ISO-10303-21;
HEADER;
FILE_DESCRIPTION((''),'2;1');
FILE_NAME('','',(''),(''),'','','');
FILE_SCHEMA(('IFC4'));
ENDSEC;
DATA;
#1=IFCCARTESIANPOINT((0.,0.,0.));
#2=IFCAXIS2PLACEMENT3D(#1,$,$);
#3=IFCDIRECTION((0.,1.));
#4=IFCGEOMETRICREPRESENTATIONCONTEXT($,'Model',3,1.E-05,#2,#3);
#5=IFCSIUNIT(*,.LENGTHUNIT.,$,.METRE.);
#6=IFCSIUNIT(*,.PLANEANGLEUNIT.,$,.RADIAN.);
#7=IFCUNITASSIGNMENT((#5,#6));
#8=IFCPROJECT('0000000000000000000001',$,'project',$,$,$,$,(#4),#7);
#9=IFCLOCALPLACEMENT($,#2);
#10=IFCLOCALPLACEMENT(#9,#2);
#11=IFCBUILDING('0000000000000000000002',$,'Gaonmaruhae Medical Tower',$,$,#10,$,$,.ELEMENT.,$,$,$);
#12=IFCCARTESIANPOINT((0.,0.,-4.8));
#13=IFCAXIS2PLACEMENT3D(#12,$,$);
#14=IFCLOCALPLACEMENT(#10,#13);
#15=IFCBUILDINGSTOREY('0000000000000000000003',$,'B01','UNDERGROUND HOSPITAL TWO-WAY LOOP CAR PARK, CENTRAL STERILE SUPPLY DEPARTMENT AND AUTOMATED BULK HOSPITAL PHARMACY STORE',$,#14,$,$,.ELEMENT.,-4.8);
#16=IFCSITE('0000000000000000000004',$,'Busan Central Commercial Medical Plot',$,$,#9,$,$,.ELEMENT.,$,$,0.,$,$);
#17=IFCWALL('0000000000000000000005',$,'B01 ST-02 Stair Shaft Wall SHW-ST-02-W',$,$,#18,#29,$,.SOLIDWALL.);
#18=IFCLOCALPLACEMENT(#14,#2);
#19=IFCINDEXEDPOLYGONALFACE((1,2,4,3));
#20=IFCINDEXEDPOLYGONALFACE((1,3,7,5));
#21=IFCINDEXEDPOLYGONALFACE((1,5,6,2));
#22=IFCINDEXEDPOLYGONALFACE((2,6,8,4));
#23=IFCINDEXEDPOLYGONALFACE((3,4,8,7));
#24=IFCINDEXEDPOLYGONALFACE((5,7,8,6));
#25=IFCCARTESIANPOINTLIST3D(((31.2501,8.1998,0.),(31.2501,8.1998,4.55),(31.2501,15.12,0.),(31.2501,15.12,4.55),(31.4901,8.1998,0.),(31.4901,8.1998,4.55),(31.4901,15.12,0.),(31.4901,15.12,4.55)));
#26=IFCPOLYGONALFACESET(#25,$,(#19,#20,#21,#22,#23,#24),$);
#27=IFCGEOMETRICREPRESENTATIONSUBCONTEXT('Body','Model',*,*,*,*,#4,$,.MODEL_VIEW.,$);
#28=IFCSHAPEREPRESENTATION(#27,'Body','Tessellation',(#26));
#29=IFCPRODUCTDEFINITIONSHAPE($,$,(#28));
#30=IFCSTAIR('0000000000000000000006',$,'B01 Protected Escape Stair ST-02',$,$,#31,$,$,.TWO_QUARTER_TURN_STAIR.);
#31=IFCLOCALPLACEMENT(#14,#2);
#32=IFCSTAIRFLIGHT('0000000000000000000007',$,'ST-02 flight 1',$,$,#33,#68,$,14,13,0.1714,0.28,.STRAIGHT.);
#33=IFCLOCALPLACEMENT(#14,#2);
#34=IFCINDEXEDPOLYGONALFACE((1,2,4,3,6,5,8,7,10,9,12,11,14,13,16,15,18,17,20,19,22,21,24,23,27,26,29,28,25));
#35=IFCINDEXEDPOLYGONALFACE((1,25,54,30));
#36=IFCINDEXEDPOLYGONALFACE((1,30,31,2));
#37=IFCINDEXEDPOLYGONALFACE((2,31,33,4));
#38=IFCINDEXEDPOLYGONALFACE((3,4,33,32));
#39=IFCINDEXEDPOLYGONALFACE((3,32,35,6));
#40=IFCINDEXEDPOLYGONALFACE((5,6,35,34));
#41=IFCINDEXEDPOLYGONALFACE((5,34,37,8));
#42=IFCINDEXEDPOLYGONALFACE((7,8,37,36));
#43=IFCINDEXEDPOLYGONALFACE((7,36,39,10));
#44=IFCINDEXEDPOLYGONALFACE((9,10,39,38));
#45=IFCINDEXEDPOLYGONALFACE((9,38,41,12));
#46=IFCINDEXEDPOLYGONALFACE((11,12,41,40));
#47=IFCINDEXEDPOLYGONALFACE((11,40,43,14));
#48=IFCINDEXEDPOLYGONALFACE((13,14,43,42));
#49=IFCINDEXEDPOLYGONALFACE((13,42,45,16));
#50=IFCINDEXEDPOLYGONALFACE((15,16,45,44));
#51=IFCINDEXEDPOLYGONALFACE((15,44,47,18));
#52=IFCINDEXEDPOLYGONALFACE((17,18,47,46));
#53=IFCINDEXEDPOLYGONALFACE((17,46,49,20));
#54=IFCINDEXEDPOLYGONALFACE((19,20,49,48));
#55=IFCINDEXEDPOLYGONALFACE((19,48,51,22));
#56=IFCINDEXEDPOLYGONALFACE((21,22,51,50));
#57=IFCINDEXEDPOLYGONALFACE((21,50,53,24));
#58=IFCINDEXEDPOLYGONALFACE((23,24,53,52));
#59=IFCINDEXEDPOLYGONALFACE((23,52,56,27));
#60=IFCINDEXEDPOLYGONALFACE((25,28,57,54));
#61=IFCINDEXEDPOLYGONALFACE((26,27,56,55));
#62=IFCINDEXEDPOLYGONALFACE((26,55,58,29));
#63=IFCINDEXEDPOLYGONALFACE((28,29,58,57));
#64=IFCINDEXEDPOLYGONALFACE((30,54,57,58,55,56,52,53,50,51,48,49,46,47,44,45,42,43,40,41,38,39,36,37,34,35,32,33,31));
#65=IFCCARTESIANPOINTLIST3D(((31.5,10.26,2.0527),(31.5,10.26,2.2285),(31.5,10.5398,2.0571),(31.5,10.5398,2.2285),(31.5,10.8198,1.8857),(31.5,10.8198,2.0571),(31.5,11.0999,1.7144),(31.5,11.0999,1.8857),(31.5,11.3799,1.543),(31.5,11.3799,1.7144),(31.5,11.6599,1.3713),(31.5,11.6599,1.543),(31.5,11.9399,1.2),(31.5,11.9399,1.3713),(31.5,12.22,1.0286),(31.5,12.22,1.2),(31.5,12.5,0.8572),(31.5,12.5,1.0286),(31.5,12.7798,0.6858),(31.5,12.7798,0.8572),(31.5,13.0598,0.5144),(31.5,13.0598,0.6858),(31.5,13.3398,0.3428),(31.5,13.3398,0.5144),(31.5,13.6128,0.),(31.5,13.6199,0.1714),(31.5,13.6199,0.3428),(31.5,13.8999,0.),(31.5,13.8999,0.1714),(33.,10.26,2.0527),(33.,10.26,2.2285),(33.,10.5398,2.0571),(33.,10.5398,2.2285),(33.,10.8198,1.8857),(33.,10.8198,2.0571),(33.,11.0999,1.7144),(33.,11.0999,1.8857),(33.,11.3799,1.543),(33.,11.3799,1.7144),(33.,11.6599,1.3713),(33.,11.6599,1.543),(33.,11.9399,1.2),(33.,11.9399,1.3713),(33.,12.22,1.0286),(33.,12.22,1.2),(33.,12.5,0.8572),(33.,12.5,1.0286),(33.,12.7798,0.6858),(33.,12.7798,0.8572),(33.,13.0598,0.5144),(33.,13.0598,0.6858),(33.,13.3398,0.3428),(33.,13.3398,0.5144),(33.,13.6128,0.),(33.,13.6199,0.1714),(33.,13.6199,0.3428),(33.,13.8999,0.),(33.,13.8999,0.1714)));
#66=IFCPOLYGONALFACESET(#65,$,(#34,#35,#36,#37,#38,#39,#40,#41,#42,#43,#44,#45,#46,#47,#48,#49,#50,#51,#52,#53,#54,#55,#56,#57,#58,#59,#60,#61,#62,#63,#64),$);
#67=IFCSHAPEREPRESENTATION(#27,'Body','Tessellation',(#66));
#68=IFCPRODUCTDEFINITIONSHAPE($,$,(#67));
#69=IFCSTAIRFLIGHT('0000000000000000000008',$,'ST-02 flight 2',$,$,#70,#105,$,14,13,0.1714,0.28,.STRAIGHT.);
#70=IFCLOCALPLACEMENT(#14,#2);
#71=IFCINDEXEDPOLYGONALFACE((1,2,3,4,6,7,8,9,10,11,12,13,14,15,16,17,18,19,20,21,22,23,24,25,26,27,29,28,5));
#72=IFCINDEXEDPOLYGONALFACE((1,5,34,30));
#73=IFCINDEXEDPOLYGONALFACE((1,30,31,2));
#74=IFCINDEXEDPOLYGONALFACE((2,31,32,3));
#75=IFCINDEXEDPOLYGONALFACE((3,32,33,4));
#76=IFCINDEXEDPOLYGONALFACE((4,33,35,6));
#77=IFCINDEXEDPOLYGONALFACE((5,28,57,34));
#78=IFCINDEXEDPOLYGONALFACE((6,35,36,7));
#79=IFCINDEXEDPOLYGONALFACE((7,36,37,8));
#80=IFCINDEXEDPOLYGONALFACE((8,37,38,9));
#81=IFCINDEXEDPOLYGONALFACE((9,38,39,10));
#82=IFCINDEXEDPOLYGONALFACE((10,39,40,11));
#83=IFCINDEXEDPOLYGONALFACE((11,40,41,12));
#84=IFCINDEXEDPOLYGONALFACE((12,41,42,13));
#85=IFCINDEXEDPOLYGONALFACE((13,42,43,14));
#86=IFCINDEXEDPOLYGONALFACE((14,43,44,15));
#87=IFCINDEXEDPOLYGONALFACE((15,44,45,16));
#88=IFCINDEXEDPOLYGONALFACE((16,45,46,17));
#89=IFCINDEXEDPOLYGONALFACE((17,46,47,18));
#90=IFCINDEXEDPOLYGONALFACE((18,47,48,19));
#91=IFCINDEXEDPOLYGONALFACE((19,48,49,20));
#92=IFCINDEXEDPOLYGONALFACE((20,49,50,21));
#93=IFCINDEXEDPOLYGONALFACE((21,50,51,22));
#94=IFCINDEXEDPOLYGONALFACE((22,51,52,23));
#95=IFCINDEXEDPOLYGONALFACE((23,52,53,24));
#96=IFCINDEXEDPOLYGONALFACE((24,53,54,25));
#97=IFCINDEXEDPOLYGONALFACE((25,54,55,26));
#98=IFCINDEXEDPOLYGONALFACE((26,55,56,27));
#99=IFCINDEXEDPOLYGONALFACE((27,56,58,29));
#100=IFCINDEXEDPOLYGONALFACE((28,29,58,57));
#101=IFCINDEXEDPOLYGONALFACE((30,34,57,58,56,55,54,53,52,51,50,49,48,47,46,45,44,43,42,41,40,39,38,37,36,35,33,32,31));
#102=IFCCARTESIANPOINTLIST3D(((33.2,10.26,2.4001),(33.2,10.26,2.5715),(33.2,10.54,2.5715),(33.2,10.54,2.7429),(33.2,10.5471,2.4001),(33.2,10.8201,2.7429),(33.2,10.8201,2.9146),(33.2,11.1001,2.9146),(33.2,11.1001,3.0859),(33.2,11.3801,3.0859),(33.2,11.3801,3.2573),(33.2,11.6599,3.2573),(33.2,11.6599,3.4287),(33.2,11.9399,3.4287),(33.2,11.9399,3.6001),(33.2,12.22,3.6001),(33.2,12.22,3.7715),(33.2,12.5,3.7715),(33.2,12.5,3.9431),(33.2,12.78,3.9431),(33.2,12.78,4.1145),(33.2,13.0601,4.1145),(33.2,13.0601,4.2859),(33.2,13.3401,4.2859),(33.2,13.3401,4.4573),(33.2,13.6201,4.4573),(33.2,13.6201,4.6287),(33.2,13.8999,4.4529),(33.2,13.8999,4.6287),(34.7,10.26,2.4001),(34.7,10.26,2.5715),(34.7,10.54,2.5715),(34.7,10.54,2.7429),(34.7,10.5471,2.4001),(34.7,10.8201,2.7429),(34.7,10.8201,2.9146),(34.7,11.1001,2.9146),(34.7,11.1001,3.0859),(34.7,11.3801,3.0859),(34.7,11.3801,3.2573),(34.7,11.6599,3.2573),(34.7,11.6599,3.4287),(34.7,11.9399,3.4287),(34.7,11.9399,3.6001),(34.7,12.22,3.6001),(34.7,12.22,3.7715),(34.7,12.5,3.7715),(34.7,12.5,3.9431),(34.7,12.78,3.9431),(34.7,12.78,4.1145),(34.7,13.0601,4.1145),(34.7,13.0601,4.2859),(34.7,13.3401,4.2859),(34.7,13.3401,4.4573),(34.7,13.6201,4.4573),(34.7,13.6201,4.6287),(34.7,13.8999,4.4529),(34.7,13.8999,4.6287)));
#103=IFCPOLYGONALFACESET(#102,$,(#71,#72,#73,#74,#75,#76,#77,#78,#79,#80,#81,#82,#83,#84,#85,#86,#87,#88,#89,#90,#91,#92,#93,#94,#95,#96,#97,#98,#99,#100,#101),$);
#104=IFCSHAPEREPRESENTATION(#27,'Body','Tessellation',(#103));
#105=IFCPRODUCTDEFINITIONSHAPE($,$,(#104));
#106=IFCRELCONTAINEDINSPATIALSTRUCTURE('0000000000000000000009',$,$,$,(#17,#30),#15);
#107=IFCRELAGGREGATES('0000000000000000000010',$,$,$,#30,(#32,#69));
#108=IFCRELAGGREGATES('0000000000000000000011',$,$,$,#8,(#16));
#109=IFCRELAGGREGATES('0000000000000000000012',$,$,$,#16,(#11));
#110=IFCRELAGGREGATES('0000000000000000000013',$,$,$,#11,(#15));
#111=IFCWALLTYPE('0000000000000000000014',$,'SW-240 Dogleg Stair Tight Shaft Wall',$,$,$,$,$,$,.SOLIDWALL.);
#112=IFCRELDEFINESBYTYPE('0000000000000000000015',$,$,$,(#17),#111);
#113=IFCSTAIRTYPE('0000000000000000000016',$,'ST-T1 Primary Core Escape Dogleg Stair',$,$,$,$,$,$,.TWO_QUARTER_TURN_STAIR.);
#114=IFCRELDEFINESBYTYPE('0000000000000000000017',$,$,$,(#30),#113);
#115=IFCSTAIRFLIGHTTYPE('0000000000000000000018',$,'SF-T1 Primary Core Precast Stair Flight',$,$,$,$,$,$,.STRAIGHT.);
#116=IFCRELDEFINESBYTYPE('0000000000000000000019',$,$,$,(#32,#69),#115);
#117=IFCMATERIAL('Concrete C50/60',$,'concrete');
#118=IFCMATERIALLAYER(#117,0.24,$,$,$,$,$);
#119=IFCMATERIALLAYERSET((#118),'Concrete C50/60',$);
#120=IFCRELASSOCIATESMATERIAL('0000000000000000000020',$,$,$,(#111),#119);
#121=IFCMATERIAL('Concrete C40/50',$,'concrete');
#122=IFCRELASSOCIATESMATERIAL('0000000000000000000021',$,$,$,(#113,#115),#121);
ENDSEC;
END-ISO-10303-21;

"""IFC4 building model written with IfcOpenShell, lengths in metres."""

from ifc_helpers import new_model, si_unit, direction, frame, frame_2d, origin, place, context, subcontext, project, spatial, polyline, rectangle, outline, extrude, material, layer, layer_set, type_object, element, aggregate, save


model = new_model("IFC4")

# Units and contexts
model_context = context("Model", 3, precision=1e-05, world=origin(), true_north=direction((0.0, 1.0)))
body_context = subcontext(model_context, "Body", "Model", "MODEL_VIEW")
ifc_project = project(units=[si_unit("LENGTHUNIT", "METRE"), si_unit("PLANEANGLEUNIT", "RADIAN")], contexts=[model_context])

# Site, building, storey
site_placement = place(None, origin())
site = spatial("IfcSite", under=ifc_project, at=site_placement, Name="Busan Central Commercial Medical Plot", CompositionType="ELEMENT", RefElevation=0.0)
building_placement = place(site_placement, origin())
building = spatial("IfcBuilding", under=site, at=building_placement, Name="Gaonmaruhae Medical Tower", CompositionType="ELEMENT")
storey_placement = place(building_placement, frame((0.0, 0.0, -4.8)))
storey = spatial("IfcBuildingStorey", under=building, at=storey_placement, Name="B01", Description="UNDERGROUND HOSPITAL TWO-WAY LOOP CAR PARK, CENTRAL STERILE SUPPLY DEPARTMENT AND AUTOMATED BULK HOSPITAL PHARMACY STORE", CompositionType="ELEMENT", Elevation=-4.8)

# Shared definitions
ifc_material_1 = material(Name="Concrete C50/60", Category="concrete")

# Shared definitions
ifc_layer_1 = layer(ifc_material_1, 0.24)
ifc_layer_set_1 = layer_set([ifc_layer_1], Name="Concrete C50/60")
wall_type_1 = type_object("IfcWallType", Name="SW-240 Dogleg Stair Tight Shaft Wall", PredefinedType="SOLIDWALL", material=ifc_layer_set_1)

# Wall
wall_1_placement = place(storey_placement, frame((31.3701, 8.2, 0.0), z_axis=(0.0, 0.0, 1.0), x_axis=(0.0, 1.0, 0.0)))
element("IfcWall", 1, at=wall_1_placement, inside=storey, type_object=wall_type_1, Name="B01 ST-02 Stair Shaft Wall SHW-ST-02-W", PredefinedType="SOLIDWALL", context=body_context, shape_type="SweptSolid", body=[
    extrude(rectangle(XDim=6.9202, YDim=0.24, at=frame_2d((3.46, 0.0))), origin(), (0.0, 0.0, 1.0), 4.55),
])

# Stair, stair flights
ifc_material_2 = material(Name="Concrete C40/50", Category="concrete")
stair_type = type_object("IfcStairType", Name="ST-T1 Primary Core Escape Dogleg Stair", PredefinedType="TWO_QUARTER_TURN_STAIR", material=ifc_material_2)
stair_placement = place(storey_placement, origin())
stair = element("IfcStair", 2, at=stair_placement, inside=storey, type_object=stair_type, Name="B01 Protected Escape Stair ST-02", PredefinedType="TWO_QUARTER_TURN_STAIR")
stair_flight_type = type_object("IfcStairFlightType", Name="SF-T1 Primary Core Precast Stair Flight", PredefinedType="STRAIGHT", material=ifc_material_2)
stair_flight_1_placement = place(storey_placement, frame((32.25, 13.8999, 0.0), z_axis=(0.0, 0.0, 1.0), x_axis=(0.0, -1.0, 0.0)))
stair_flight_1 = element("IfcStairFlight", 3, at=stair_flight_1_placement, type_object=stair_flight_type, Name="ST-02 flight 1", NumberOfRisers=14, NumberOfTreads=13, PredefinedType="STRAIGHT", RiserHeight=0.1714, TreadLength=0.28, context=body_context, shape_type="SweptSolid", body=[
    extrude(outline(polyline([(0.0, 0.0), (0.0, 0.1714), (0.28, 0.1714), (0.28, 0.3428), (0.5601, 0.3428), (0.5601, 0.5144), (0.8401, 0.5144), (0.8401, 0.6858), (1.1201, 0.6858), (1.1201, 0.8572), (1.3999, 0.8572), (1.3999, 1.0286), (1.6799, 1.0286), (1.6799, 1.2), (1.96, 1.2), (1.96, 1.3713), (2.24, 1.3713), (2.24, 1.543), (2.52, 1.543), (2.52, 1.7144), (2.8, 1.7144), (2.8, 1.8857), (3.0801, 1.8857), (3.0801, 2.0571), (3.3601, 2.0571), (3.3601, 2.2285), (3.6399, 2.2285), (3.6399, 2.3999), (3.6399, 2.0527), (0.2871, 0.0), (0.0, 0.0)])), frame((0.0, 0.75, 0.0), z_axis=(0.0, -1.0, 0.0), x_axis=(1.0, 0.0, 0.0)), (0.0, 0.0, 1.0), 1.5),
])
stair_flight_2_placement = place(storey_placement, frame((33.95, 10.26, 2.4001), z_axis=(0.0, 0.0, 1.0), x_axis=(0.0, 1.0, 0.0)))
stair_flight_2 = element("IfcStairFlight", 4, at=stair_flight_2_placement, type_object=stair_flight_type, Name="ST-02 flight 2", NumberOfRisers=14, NumberOfTreads=13, PredefinedType="STRAIGHT", RiserHeight=0.1714, TreadLength=0.28, context=body_context, shape_type="SweptSolid", body=[
    extrude(outline(polyline([(0.0, 0.0), (0.0, 0.1714), (0.28, 0.1714), (0.28, 0.3428), (0.5601, 0.3428), (0.5601, 0.5144), (0.8401, 0.5144), (0.8401, 0.6858), (1.1201, 0.6858), (1.1201, 0.8572), (1.3999, 0.8572), (1.3999, 1.0286), (1.6799, 1.0286), (1.6799, 1.2), (1.96, 1.2), (1.96, 1.3713), (2.24, 1.3713), (2.24, 1.543), (2.52, 1.543), (2.52, 1.7144), (2.8, 1.7144), (2.8, 1.8857), (3.0801, 1.8857), (3.0801, 2.0571), (3.3601, 2.0571), (3.3601, 2.2285), (3.6399, 2.2285), (3.6399, 2.3999), (3.6399, 2.0527), (0.2871, 0.0), (0.0, 0.0)])), frame((0.0, 0.75, 0.0), z_axis=(0.0, -1.0, 0.0), x_axis=(1.0, 0.0, 0.0)), (0.0, 0.0, 1.0), 1.5),
])
aggregate(stair, [stair_flight_1, stair_flight_2])

save(model, "model.ifc")
